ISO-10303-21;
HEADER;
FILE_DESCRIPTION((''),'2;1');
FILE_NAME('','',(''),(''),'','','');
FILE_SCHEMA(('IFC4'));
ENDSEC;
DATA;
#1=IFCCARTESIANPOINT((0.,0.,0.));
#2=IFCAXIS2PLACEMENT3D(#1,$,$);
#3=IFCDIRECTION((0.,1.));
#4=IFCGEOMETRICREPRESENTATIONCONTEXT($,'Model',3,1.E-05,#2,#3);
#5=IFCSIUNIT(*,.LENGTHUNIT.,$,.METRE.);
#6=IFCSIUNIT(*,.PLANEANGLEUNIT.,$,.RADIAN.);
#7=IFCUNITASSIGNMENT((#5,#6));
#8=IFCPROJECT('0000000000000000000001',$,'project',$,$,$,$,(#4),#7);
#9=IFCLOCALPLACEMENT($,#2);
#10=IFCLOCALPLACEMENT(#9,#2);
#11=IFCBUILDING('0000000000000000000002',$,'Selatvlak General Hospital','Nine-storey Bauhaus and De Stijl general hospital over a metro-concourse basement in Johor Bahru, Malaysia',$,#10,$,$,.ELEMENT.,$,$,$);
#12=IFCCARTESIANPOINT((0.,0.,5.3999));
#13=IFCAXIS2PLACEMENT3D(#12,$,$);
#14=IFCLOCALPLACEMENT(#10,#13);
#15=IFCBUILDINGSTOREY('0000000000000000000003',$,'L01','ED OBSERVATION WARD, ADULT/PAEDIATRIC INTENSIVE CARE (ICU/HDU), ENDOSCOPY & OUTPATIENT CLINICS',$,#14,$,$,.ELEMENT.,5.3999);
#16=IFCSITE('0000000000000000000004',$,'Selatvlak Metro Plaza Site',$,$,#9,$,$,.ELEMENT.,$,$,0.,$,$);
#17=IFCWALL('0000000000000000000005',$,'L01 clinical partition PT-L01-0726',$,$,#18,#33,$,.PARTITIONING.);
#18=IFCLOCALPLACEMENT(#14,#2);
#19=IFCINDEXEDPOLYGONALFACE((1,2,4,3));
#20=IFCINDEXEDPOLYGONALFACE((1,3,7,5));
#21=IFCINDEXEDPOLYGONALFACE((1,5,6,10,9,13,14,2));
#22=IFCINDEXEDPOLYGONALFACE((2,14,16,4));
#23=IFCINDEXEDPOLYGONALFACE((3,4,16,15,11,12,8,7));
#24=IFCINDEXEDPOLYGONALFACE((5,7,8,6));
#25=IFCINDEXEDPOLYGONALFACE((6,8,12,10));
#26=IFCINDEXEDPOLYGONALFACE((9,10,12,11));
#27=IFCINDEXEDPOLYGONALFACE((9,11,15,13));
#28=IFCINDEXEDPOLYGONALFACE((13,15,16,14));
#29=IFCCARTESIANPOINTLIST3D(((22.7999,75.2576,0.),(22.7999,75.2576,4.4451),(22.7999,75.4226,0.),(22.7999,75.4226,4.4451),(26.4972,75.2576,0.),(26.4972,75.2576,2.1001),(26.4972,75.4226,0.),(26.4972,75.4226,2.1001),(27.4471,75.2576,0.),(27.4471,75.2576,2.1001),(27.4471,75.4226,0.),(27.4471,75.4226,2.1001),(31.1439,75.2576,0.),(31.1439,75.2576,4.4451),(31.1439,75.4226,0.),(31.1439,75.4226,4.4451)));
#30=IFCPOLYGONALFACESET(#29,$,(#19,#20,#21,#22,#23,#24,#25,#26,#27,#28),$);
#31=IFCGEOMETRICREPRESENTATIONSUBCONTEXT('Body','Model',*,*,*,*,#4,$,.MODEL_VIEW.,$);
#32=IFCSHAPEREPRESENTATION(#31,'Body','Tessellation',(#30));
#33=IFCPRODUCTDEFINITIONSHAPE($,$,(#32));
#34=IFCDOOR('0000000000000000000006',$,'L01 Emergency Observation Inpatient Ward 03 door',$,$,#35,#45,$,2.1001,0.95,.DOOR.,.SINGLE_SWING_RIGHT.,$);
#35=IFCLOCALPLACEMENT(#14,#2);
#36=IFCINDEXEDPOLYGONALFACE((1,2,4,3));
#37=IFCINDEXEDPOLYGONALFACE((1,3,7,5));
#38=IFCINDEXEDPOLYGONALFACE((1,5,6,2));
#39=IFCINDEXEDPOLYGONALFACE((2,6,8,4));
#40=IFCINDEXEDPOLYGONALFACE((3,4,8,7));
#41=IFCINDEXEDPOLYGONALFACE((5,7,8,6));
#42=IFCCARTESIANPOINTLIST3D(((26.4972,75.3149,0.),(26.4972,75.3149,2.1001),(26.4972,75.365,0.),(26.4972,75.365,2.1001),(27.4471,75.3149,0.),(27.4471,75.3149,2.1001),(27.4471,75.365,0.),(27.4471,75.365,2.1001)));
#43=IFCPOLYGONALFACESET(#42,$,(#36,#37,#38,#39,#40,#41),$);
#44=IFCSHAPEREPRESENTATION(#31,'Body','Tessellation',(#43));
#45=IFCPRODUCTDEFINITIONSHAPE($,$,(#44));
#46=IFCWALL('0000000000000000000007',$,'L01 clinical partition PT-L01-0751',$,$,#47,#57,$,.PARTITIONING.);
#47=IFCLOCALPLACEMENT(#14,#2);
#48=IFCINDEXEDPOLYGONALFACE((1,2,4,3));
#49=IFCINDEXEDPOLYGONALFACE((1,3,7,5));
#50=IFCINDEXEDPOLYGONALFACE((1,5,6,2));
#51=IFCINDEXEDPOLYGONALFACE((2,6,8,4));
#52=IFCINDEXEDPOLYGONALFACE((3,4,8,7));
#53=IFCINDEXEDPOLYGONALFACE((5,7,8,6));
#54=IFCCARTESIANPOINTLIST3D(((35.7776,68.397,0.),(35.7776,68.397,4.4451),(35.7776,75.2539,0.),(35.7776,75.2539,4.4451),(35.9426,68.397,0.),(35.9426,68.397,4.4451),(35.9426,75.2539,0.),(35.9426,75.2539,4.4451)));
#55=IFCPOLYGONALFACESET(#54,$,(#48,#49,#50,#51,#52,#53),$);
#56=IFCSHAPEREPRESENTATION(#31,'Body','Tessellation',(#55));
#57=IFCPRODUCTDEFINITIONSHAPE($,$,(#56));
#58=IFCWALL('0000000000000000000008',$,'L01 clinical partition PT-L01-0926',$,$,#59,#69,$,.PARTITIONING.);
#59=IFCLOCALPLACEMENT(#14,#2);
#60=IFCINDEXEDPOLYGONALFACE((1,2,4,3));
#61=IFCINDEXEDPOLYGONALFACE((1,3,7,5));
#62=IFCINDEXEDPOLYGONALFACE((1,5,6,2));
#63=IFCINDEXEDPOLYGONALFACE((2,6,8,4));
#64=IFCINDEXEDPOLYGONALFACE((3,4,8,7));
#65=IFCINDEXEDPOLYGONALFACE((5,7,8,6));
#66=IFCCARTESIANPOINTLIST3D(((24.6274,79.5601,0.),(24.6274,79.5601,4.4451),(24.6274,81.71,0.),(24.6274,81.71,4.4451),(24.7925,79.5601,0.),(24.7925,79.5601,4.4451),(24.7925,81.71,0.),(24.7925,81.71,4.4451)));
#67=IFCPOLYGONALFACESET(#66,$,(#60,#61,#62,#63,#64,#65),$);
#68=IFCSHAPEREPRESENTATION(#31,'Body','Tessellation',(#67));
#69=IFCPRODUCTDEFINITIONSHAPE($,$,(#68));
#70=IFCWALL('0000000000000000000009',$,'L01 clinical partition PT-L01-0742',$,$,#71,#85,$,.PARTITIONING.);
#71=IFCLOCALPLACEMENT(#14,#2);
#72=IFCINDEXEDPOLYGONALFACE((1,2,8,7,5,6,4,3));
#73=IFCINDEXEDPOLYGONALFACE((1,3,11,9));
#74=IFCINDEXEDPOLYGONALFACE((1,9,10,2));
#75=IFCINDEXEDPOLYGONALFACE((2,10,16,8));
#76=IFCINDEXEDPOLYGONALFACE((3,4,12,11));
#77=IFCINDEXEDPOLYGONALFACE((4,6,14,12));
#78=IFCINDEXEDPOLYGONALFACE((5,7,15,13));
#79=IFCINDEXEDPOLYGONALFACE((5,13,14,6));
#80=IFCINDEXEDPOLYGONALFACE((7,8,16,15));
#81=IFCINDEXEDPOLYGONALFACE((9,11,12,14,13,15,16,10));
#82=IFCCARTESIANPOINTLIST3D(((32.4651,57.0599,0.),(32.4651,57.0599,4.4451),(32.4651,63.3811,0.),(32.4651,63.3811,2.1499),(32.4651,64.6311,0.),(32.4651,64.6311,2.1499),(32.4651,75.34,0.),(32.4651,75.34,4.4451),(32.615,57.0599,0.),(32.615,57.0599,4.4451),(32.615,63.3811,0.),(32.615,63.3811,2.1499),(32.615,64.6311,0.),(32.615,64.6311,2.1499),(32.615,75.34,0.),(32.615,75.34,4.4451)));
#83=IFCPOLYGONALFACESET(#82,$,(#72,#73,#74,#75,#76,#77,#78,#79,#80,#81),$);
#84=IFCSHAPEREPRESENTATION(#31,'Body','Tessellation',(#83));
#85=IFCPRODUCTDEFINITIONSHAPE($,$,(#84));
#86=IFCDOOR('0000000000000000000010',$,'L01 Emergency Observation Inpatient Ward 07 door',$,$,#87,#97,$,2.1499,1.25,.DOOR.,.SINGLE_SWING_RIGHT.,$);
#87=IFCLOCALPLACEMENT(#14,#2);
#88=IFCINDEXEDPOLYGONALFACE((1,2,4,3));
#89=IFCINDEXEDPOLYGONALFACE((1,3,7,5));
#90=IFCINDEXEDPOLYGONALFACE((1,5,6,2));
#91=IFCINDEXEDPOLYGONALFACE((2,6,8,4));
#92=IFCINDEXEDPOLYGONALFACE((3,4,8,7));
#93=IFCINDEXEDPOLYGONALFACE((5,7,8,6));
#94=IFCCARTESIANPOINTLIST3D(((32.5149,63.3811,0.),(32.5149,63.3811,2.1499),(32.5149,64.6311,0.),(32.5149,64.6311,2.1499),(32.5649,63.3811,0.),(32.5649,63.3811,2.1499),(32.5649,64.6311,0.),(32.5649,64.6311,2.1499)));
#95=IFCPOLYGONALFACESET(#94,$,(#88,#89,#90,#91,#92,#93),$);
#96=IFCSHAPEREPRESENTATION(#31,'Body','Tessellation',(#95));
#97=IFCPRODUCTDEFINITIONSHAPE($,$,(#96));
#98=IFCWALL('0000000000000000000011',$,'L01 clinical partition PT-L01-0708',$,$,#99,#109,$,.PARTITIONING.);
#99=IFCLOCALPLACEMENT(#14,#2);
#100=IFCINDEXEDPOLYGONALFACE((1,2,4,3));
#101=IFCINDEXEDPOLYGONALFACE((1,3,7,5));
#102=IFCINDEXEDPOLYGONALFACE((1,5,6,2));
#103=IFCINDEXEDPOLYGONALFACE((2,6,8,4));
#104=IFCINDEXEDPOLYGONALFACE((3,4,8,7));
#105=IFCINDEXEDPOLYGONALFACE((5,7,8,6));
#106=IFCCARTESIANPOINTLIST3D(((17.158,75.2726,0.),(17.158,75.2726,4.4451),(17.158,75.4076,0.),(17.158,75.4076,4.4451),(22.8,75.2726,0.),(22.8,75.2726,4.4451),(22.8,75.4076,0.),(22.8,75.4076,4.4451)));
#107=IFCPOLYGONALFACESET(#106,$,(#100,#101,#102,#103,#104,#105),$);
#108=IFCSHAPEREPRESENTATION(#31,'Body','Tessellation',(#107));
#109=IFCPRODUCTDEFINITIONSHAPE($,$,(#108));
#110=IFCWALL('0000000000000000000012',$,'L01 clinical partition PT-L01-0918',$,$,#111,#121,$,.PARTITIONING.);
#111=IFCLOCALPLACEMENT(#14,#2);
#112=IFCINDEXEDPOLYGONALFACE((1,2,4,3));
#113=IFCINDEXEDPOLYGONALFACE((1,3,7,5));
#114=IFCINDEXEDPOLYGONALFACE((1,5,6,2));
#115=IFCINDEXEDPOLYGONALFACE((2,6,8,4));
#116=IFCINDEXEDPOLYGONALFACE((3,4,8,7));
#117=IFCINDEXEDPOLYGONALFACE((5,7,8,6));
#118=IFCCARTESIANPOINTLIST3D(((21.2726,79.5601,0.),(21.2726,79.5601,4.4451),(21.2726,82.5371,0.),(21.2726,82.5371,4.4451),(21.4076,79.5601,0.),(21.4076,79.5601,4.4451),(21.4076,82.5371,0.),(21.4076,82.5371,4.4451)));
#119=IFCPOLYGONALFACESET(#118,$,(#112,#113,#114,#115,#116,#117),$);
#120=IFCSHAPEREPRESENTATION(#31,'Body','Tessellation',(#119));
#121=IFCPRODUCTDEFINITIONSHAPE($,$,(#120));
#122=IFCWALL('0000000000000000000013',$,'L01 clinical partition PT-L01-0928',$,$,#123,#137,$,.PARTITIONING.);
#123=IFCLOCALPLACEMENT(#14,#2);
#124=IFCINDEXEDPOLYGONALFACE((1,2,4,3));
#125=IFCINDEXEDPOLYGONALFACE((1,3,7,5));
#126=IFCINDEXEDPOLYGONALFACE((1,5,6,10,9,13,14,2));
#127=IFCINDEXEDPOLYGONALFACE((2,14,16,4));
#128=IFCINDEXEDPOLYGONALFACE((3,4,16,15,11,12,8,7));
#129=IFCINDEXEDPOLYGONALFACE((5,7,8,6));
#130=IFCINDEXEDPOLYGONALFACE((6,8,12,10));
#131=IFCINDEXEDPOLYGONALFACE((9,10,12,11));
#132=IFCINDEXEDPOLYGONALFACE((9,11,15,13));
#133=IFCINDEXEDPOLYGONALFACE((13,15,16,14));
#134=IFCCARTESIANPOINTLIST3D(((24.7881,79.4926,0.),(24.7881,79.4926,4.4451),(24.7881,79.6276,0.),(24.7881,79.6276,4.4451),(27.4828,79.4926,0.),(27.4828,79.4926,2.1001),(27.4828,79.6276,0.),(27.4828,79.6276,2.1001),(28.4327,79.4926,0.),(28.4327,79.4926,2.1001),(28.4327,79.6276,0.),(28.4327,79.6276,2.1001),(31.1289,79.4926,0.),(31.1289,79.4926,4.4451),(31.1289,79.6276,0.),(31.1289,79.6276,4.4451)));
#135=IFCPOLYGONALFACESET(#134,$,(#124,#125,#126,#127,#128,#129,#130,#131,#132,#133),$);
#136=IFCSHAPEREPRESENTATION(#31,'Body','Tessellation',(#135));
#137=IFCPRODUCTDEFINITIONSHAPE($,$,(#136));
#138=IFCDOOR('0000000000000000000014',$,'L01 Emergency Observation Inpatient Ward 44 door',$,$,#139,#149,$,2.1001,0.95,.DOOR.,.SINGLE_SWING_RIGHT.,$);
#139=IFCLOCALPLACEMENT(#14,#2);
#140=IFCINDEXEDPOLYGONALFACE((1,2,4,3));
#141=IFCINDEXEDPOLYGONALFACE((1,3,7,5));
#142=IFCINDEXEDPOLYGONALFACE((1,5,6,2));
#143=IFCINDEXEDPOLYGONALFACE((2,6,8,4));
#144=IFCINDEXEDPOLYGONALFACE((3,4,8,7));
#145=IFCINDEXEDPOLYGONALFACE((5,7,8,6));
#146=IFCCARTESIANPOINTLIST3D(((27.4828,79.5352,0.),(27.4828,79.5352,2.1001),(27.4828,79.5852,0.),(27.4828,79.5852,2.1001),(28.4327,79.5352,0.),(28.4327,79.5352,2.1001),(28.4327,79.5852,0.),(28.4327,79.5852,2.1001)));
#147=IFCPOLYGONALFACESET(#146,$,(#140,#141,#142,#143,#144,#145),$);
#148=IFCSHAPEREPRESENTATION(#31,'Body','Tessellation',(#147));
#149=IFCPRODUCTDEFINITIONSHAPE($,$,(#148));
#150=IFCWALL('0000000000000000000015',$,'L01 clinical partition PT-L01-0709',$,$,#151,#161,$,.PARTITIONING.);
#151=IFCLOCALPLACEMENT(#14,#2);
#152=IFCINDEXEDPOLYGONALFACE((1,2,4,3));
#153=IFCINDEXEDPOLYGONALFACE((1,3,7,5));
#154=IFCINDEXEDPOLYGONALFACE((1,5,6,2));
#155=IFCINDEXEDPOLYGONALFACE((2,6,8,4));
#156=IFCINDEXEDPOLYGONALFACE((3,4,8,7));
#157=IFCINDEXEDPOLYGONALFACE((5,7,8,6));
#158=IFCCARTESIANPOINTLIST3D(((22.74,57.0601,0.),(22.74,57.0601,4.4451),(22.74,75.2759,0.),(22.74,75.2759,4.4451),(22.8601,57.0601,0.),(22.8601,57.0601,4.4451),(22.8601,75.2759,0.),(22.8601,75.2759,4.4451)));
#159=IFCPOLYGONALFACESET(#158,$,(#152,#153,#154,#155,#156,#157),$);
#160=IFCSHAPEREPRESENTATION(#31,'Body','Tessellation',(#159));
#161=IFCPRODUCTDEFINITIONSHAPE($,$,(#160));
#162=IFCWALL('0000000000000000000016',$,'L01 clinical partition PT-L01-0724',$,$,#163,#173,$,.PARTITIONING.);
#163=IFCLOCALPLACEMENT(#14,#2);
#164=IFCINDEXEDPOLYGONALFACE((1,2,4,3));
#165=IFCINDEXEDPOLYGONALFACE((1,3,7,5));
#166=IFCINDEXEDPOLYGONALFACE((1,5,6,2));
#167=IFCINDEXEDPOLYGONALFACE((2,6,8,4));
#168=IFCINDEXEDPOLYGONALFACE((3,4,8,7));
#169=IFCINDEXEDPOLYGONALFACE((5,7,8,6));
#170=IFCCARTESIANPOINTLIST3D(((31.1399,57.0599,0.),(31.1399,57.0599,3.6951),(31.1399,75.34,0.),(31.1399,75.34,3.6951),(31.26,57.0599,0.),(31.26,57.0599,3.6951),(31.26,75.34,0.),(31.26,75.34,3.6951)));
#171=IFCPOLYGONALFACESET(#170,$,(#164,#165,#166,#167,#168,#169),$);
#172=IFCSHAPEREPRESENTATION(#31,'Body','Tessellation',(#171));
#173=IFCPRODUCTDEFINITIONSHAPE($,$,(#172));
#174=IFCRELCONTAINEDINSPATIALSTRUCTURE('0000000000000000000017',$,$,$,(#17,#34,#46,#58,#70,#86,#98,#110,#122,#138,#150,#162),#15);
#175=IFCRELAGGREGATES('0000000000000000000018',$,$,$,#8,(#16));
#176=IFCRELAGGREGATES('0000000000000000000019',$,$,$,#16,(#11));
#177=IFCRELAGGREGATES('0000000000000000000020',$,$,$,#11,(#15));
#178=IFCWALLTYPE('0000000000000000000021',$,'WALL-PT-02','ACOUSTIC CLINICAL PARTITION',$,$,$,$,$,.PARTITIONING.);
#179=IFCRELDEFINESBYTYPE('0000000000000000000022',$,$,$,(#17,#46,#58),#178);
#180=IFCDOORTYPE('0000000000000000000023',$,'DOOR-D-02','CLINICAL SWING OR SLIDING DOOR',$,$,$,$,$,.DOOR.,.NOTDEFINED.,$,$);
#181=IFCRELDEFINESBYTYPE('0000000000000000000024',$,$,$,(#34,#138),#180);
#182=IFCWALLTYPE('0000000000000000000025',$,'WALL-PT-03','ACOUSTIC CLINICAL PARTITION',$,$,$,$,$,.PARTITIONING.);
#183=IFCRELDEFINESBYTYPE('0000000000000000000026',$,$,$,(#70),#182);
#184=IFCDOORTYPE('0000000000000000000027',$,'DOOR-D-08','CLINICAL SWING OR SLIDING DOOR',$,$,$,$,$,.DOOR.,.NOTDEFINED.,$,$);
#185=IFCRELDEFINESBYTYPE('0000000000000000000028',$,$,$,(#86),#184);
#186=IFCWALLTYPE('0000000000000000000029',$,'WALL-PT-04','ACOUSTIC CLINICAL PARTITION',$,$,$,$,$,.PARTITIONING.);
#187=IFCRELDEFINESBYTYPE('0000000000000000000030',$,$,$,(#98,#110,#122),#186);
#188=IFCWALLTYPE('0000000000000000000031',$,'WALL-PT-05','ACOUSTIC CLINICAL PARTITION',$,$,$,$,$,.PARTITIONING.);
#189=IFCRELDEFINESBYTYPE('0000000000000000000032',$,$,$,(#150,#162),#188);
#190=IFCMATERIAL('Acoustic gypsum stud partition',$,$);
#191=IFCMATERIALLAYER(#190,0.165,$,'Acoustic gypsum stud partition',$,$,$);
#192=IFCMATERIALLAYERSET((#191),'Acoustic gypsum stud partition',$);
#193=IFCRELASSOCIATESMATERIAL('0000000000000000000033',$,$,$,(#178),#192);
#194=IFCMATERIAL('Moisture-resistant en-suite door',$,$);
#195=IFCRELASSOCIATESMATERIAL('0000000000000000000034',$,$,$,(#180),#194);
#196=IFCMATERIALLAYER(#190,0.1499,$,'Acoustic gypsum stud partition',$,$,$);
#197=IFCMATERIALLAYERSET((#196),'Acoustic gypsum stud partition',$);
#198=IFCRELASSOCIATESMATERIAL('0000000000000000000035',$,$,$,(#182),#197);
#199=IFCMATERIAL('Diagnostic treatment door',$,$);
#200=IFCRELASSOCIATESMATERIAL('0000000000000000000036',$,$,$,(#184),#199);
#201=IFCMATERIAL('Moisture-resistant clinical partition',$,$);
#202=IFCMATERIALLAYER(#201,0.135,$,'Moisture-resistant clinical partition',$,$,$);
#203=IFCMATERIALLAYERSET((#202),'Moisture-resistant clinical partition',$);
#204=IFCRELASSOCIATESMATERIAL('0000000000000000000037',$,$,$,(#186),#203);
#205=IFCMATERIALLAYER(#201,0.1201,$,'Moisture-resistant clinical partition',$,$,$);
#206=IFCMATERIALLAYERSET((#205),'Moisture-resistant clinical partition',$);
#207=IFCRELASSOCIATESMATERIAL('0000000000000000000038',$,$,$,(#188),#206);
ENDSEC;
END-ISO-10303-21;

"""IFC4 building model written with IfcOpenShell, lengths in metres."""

from ifc_helpers import new_model, si_unit, direction, frame, frame_2d, origin, place, context, subcontext, project, spatial, rectangle, extrude, material, layer, layer_set, type_object, element, fill, save


model = new_model("IFC4")

# Units and contexts
model_context = context("Model", 3, precision=1e-05, world=origin(), true_north=direction((0.0, 1.0)))
body_context = subcontext(model_context, "Body", "Model", "MODEL_VIEW")
ifc_project = project(units=[si_unit("LENGTHUNIT", "METRE"), si_unit("PLANEANGLEUNIT", "RADIAN")], contexts=[model_context])

# Site, building, storey
site_placement = place(None, origin())
site = spatial("IfcSite", under=ifc_project, at=site_placement, Name="Selatvlak Metro Plaza Site", CompositionType="ELEMENT", RefElevation=0.0)
building_placement = place(site_placement, origin())
building = spatial("IfcBuilding", under=site, at=building_placement, Name="Selatvlak General Hospital", Description="Nine-storey Bauhaus and De Stijl general hospital over a metro-concourse basement in Johor Bahru, Malaysia", CompositionType="ELEMENT")
storey_placement = place(building_placement, frame((0.0, 0.0, 5.3999)))
storey = spatial("IfcBuildingStorey", under=building, at=storey_placement, Name="L01", Description="ED OBSERVATION WARD, ADULT/PAEDIATRIC INTENSIVE CARE (ICU/HDU), ENDOSCOPY & OUTPATIENT CLINICS", CompositionType="ELEMENT", Elevation=5.3999)

# Shared definitions
ifc_material_1 = material(Name="Acoustic gypsum stud partition")

# Wall, opening, door
ifc_layer_1 = layer(ifc_material_1, 0.165, Name="Acoustic gypsum stud partition")
ifc_layer_set_1 = layer_set([ifc_layer_1], Name="Acoustic gypsum stud partition")
wall_type_1 = type_object("IfcWallType", Name="WALL-PT-02", Description="ACOUSTIC CLINICAL PARTITION", PredefinedType="PARTITIONING", material=ifc_layer_set_1)
wall_1_placement = place(storey_placement, frame((22.8, 75.3401, 0.0), z_axis=(0.0, 0.0, 1.0), x_axis=(1.0, 0.0, 0.0)))
wall_1 = element("IfcWall", 1, at=wall_1_placement, inside=storey, type_object=wall_type_1, Name="L01 clinical partition PT-L01-0726", PredefinedType="PARTITIONING", context=body_context, shape_type="SweptSolid", body=[
    extrude(rectangle(XDim=8.344, YDim=0.165, at=frame_2d((4.1719, 0.0))), origin(), (0.0, 0.0, 1.0), 4.4451),
])
opening_1_placement = place(wall_1_placement, frame((3.697, 0.0, 0.0)))
opening_1 = element("IfcOpeningElement", 2, at=opening_1_placement, cuts=wall_1, PredefinedType="OPENING", context=body_context, shape_type="SweptSolid", body=[
    extrude(rectangle(XDim=0.95, YDim=2.1001, at=frame_2d((0.4751, 1.05))), frame((0.0, 0.0925, 0.0), z_axis=(0.0, -1.0, 0.0), x_axis=(1.0, 0.0, 0.0)), (0.0, 0.0, 1.0), 0.1851),
])
ifc_material_2 = material(Name="Moisture-resistant en-suite door")
door_type_1 = type_object("IfcDoorType", Name="DOOR-D-02", Description="CLINICAL SWING OR SLIDING DOOR", OperationType="NOTDEFINED", PredefinedType="DOOR", material=ifc_material_2)
door_1_placement = place(opening_1_placement, origin())
door_1 = element("IfcDoor", 3, at=door_1_placement, inside=storey, type_object=door_type_1, Name="L01 Emergency Observation Inpatient Ward 03 door", OperationType="SINGLE_SWING_RIGHT", OverallHeight=2.1001, OverallWidth=0.95, PredefinedType="DOOR", context=body_context, shape_type="SweptSolid", body=[
    extrude(rectangle(XDim=0.95, YDim=2.1001, at=frame_2d((0.4751, 1.05))), frame((0.0, 0.0249, 0.0), z_axis=(0.0, -1.0, 0.0), x_axis=(1.0, 0.0, 0.0)), (0.0, 0.0, 1.0), 0.05),
])
fill(opening_1, door_1)

# Walls
wall_2_placement = place(storey_placement, frame((35.8601, 68.397, 0.0), z_axis=(0.0, 0.0, 1.0), x_axis=(0.0, 1.0, 0.0)))
element("IfcWall", 4, at=wall_2_placement, inside=storey, type_object=wall_type_1, Name="L01 clinical partition PT-L01-0751", PredefinedType="PARTITIONING", context=body_context, shape_type="SweptSolid", body=[
    extrude(rectangle(XDim=6.8569, YDim=0.165, at=frame_2d((3.4285, 0.0))), origin(), (0.0, 0.0, 1.0), 4.4451),
])
wall_3_placement = place(storey_placement, frame((24.71, 79.5601, 0.0), z_axis=(0.0, 0.0, 1.0), x_axis=(0.0, 1.0, 0.0)))
element("IfcWall", 5, at=wall_3_placement, inside=storey, type_object=wall_type_1, Name="L01 clinical partition PT-L01-0926", PredefinedType="PARTITIONING", context=body_context, shape_type="SweptSolid", body=[
    extrude(rectangle(XDim=2.1499, YDim=0.165, at=frame_2d((1.075, 0.0))), origin(), (0.0, 0.0, 1.0), 4.4451),
])

# Wall, opening, door
ifc_layer_2 = layer(ifc_material_1, 0.1499, Name="Acoustic gypsum stud partition")
ifc_layer_set_2 = layer_set([ifc_layer_2], Name="Acoustic gypsum stud partition")
wall_type_2 = type_object("IfcWallType", Name="WALL-PT-03", Description="ACOUSTIC CLINICAL PARTITION", PredefinedType="PARTITIONING", material=ifc_layer_set_2)
wall_4_placement = place(storey_placement, frame((32.54, 75.3401, 0.0), z_axis=(0.0, 0.0, 1.0), x_axis=(0.0, -1.0, 0.0)))
wall_4 = element("IfcWall", 6, at=wall_4_placement, inside=storey, type_object=wall_type_2, Name="L01 clinical partition PT-L01-0742", PredefinedType="PARTITIONING", context=body_context, shape_type="SweptSolid", body=[
    extrude(rectangle(XDim=18.28, YDim=0.1499, at=frame_2d((9.1401, 0.0))), origin(), (0.0, 0.0, 1.0), 4.4451),
])
opening_2_placement = place(wall_4_placement, frame((10.709, 0.0, 0.0)))
opening_2 = element("IfcOpeningElement", 7, at=opening_2_placement, cuts=wall_4, PredefinedType="OPENING", context=body_context, shape_type="SweptSolid", body=[
    extrude(rectangle(XDim=1.25, YDim=2.1499, at=frame_2d((0.625, 1.075))), frame((0.0, 0.085, 0.0), z_axis=(0.0, -1.0, 0.0), x_axis=(1.0, 0.0, 0.0)), (0.0, 0.0, 1.0), 0.1699),
])
ifc_material_3 = material(Name="Diagnostic treatment door")
door_type_2 = type_object("IfcDoorType", Name="DOOR-D-08", Description="CLINICAL SWING OR SLIDING DOOR", OperationType="NOTDEFINED", PredefinedType="DOOR", material=ifc_material_3)
door_2_placement = place(opening_2_placement, origin())
door_2 = element("IfcDoor", 8, at=door_2_placement, inside=storey, type_object=door_type_2, Name="L01 Emergency Observation Inpatient Ward 07 door", OperationType="SINGLE_SWING_RIGHT", OverallHeight=2.1499, OverallWidth=1.25, PredefinedType="DOOR", context=body_context, shape_type="SweptSolid", body=[
    extrude(rectangle(XDim=1.25, YDim=2.1499, at=frame_2d((0.625, 1.075))), frame((0.0, 0.0249, 0.0), z_axis=(0.0, -1.0, 0.0), x_axis=(1.0, 0.0, 0.0)), (0.0, 0.0, 1.0), 0.05),
])
fill(opening_2, door_2)

# Walls
ifc_material_4 = material(Name="Moisture-resistant clinical partition")
ifc_layer_3 = layer(ifc_material_4, 0.135, Name="Moisture-resistant clinical partition")
ifc_layer_set_3 = layer_set([ifc_layer_3], Name="Moisture-resistant clinical partition")
wall_type_3 = type_object("IfcWallType", Name="WALL-PT-04", Description="ACOUSTIC CLINICAL PARTITION", PredefinedType="PARTITIONING", material=ifc_layer_set_3)
wall_5_placement = place(storey_placement, frame((17.158, 75.3401, 0.0), z_axis=(0.0, 0.0, 1.0), x_axis=(1.0, 0.0, 0.0)))
element("IfcWall", 9, at=wall_5_placement, inside=storey, type_object=wall_type_3, Name="L01 clinical partition PT-L01-0708", PredefinedType="PARTITIONING", context=body_context, shape_type="SweptSolid", body=[
    extrude(rectangle(XDim=5.6421, YDim=0.135, at=frame_2d((2.821, 0.0))), origin(), (0.0, 0.0, 1.0), 4.4451),
])
wall_6_placement = place(storey_placement, frame((21.3401, 82.5371, 0.0), z_axis=(0.0, 0.0, 1.0), x_axis=(0.0, -1.0, 0.0)))
element("IfcWall", 10, at=wall_6_placement, inside=storey, type_object=wall_type_3, Name="L01 clinical partition PT-L01-0918", PredefinedType="PARTITIONING", context=body_context, shape_type="SweptSolid", body=[
    extrude(rectangle(XDim=2.9771, YDim=0.135, at=frame_2d((1.4885, 0.0))), origin(), (0.0, 0.0, 1.0), 4.4451),
])

# Wall, opening, door
wall_7_placement = place(storey_placement, frame((31.1289, 79.5601, 0.0), z_axis=(0.0, 0.0, 1.0), x_axis=(-1.0, 0.0, 0.0)))
wall_7 = element("IfcWall", 11, at=wall_7_placement, inside=storey, type_object=wall_type_3, Name="L01 clinical partition PT-L01-0928", PredefinedType="PARTITIONING", context=body_context, shape_type="SweptSolid", body=[
    extrude(rectangle(XDim=6.3408, YDim=0.135, at=frame_2d((3.1704, 0.0))), origin(), (0.0, 0.0, 1.0), 4.4451),
])
opening_3_placement = place(wall_7_placement, frame((2.696, 0.0, 0.0)))
opening_3 = element("IfcOpeningElement", 12, at=opening_3_placement, cuts=wall_7, PredefinedType="OPENING", context=body_context, shape_type="SweptSolid", body=[
    extrude(rectangle(XDim=0.95, YDim=2.1001, at=frame_2d((0.4751, 1.05))), frame((0.0, 0.0774, 0.0), z_axis=(0.0, -1.0, 0.0), x_axis=(1.0, 0.0, 0.0)), (0.0, 0.0, 1.0), 0.155),
])
door_3_placement = place(opening_3_placement, origin())
door_3 = element("IfcDoor", 13, at=door_3_placement, inside=storey, type_object=door_type_1, Name="L01 Emergency Observation Inpatient Ward 44 door", OperationType="SINGLE_SWING_RIGHT", OverallHeight=2.1001, OverallWidth=0.95, PredefinedType="DOOR", context=body_context, shape_type="SweptSolid", body=[
    extrude(rectangle(XDim=0.95, YDim=2.1001, at=frame_2d((0.4751, 1.05))), frame((0.0, 0.0249, 0.0), z_axis=(0.0, -1.0, 0.0), x_axis=(1.0, 0.0, 0.0)), (0.0, 0.0, 1.0), 0.05),
])
fill(opening_3, door_3)

# Walls
ifc_layer_4 = layer(ifc_material_4, 0.1201, Name="Moisture-resistant clinical partition")
ifc_layer_set_4 = layer_set([ifc_layer_4], Name="Moisture-resistant clinical partition")
wall_type_4 = type_object("IfcWallType", Name="WALL-PT-05", Description="ACOUSTIC CLINICAL PARTITION", PredefinedType="PARTITIONING", material=ifc_layer_set_4)
wall_8_placement = place(storey_placement, frame((22.8, 75.2759, 0.0), z_axis=(0.0, 0.0, 1.0), x_axis=(0.0, -1.0, 0.0)))
element("IfcWall", 14, at=wall_8_placement, inside=storey, type_object=wall_type_4, Name="L01 clinical partition PT-L01-0709", PredefinedType="PARTITIONING", context=body_context, shape_type="SweptSolid", body=[
    extrude(rectangle(XDim=18.2158, YDim=0.1201, at=frame_2d((9.1079, 0.0))), origin(), (0.0, 0.0, 1.0), 4.4451),
])
wall_9_placement = place(storey_placement, frame((31.2, 75.3401, 0.0), z_axis=(0.0, 0.0, 1.0), x_axis=(0.0, -1.0, 0.0)))
element("IfcWall", 15, at=wall_9_placement, inside=storey, type_object=wall_type_4, Name="L01 clinical partition PT-L01-0724", PredefinedType="PARTITIONING", context=body_context, shape_type="SweptSolid", body=[
    extrude(rectangle(XDim=18.28, YDim=0.1201, at=frame_2d((9.1401, 0.0))), origin(), (0.0, 0.0, 1.0), 3.6951),
])

save(model, "model.ifc")
